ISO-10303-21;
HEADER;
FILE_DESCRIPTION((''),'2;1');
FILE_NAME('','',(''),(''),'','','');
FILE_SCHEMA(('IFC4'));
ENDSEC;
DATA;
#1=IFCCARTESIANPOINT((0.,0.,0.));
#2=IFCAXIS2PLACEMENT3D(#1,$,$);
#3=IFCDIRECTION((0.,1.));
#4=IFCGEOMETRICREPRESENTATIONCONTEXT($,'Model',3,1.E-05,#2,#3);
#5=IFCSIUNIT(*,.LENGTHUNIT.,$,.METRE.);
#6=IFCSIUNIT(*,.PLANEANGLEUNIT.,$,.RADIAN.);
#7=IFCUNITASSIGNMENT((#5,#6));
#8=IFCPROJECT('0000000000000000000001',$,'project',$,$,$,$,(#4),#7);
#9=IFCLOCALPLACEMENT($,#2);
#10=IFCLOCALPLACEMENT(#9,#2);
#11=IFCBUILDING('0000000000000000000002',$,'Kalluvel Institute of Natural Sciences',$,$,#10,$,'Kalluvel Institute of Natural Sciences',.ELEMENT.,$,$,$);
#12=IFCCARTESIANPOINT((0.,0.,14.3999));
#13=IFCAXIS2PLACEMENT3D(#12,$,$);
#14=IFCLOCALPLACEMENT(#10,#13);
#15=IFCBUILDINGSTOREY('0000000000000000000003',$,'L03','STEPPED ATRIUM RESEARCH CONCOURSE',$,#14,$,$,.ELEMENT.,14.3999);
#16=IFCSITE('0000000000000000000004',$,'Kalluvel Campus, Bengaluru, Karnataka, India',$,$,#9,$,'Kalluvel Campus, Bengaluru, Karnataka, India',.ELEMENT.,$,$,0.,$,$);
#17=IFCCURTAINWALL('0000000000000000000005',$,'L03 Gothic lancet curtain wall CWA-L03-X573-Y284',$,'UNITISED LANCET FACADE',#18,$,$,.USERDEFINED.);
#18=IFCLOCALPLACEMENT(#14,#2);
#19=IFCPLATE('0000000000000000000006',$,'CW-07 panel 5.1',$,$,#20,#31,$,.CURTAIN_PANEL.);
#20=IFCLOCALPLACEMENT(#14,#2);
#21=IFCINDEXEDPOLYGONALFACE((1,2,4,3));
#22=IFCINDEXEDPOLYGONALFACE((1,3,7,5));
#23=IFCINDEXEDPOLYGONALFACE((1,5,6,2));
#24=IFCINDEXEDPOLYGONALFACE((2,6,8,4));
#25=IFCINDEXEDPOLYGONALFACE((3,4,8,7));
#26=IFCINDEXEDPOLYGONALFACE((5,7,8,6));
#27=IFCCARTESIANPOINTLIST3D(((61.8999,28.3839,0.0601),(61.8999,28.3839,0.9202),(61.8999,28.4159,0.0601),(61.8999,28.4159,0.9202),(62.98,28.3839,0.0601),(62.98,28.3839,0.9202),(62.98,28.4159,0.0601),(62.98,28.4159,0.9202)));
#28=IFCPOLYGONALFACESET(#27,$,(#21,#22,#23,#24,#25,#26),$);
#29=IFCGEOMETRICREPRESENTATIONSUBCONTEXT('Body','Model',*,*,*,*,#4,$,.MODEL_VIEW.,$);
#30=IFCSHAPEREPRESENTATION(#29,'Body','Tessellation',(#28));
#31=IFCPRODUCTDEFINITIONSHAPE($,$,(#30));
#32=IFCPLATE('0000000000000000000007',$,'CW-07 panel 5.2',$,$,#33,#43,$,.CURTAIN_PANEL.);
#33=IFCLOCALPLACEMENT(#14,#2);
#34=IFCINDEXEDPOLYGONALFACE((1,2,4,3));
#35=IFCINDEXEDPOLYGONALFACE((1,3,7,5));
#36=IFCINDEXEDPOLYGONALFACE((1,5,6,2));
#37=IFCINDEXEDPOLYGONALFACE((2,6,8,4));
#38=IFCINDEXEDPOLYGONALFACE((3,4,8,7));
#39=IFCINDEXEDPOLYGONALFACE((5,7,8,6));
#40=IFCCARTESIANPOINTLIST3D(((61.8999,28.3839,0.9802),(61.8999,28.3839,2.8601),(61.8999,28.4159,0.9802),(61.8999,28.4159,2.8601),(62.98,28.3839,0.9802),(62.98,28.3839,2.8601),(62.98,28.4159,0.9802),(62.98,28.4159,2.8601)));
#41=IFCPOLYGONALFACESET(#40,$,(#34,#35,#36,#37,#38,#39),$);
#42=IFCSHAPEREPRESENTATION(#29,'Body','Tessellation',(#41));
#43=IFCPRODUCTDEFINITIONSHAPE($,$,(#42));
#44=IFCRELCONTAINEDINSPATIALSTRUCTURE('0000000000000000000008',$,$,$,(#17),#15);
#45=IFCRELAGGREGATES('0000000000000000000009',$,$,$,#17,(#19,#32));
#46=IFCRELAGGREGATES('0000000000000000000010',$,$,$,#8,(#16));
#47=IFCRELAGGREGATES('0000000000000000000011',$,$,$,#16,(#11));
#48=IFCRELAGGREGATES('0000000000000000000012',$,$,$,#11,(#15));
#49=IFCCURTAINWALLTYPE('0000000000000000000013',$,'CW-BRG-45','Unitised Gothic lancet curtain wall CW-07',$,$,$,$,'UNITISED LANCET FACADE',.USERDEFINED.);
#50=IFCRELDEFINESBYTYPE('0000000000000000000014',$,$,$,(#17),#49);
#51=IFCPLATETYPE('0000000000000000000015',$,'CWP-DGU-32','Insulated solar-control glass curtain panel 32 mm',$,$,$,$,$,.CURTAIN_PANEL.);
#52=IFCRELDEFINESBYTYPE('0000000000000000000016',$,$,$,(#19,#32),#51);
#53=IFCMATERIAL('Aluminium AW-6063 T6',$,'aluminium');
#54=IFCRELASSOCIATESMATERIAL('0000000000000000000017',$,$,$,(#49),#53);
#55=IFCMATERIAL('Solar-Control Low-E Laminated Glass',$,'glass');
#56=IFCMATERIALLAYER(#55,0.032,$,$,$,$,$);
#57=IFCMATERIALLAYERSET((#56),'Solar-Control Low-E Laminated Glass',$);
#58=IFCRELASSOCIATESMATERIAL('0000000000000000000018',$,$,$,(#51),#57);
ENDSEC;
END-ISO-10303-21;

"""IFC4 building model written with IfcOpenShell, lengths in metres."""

from ifc_helpers import new_model, si_unit, direction, frame, origin, origin_2d, place, context, subcontext, project, spatial, rectangle, extrude, material, layer, layer_set, type_object, element, aggregate, save


model = new_model("IFC4")

# Units and contexts
model_context = context("Model", 3, precision=1e-05, world=origin(), true_north=direction((0.0, 1.0)))
body_context = subcontext(model_context, "Body", "Model", "MODEL_VIEW")
ifc_project = project(units=[si_unit("LENGTHUNIT", "METRE"), si_unit("PLANEANGLEUNIT", "RADIAN")], contexts=[model_context])

# Site, building, storey
site_placement = place(None, origin())
site = spatial("IfcSite", under=ifc_project, at=site_placement, Name="Kalluvel Campus, Bengaluru, Karnataka, India", LongName="Kalluvel Campus, Bengaluru, Karnataka, India", CompositionType="ELEMENT", RefElevation=0.0)
building_placement = place(site_placement, origin())
building = spatial("IfcBuilding", under=site, at=building_placement, Name="Kalluvel Institute of Natural Sciences", LongName="Kalluvel Institute of Natural Sciences", CompositionType="ELEMENT")
storey_placement = place(building_placement, frame((0.0, 0.0, 14.3999)))
storey = spatial("IfcBuildingStorey", under=building, at=storey_placement, Name="L03", Description="STEPPED ATRIUM RESEARCH CONCOURSE", CompositionType="ELEMENT", Elevation=14.3999)

# Curtain wall, plates
ifc_material_1 = material(Name="Aluminium AW-6063 T6", Category="aluminium")
curtain_wall_type = type_object("IfcCurtainWallType", Name="CW-BRG-45", Description="Unitised Gothic lancet curtain wall CW-07", ElementType="UNITISED LANCET FACADE", PredefinedType="USERDEFINED", material=ifc_material_1)
curtain_wall_placement = place(storey_placement, origin())
curtain_wall = element("IfcCurtainWall", 1, at=curtain_wall_placement, inside=storey, type_object=curtain_wall_type, Name="L03 Gothic lancet curtain wall CWA-L03-X573-Y284", ObjectType="UNITISED LANCET FACADE", PredefinedType="USERDEFINED")
ifc_material_2 = material(Name="Solar-Control Low-E Laminated Glass", Category="glass")
ifc_layer = layer(ifc_material_2, 0.032)
ifc_layer_set = layer_set([ifc_layer], Name="Solar-Control Low-E Laminated Glass")
plate_type = type_object("IfcPlateType", Name="CWP-DGU-32", Description="Insulated solar-control glass curtain panel 32 mm", PredefinedType="CURTAIN_PANEL", material=ifc_layer_set)
plate_1_placement = place(storey_placement, frame((62.4399, 28.3999, 0.0601), z_axis=(0.0, 0.0, 1.0), x_axis=(1.0, 0.0, 0.0)))
plate_1 = element("IfcPlate", 2, at=plate_1_placement, type_object=plate_type, Name="CW-07 panel 5.1", PredefinedType="CURTAIN_PANEL", context=body_context, shape_type="SweptSolid", body=[
    extrude(rectangle(XDim=1.0801, YDim=0.032, at=origin_2d()), origin(), (0.0, 0.0, 1.0), 0.8601),
])
plate_2_placement = place(storey_placement, frame((62.4399, 28.3999, 0.9802), z_axis=(0.0, 0.0, 1.0), x_axis=(1.0, 0.0, 0.0)))
plate_2 = element("IfcPlate", 3, at=plate_2_placement, type_object=plate_type, Name="CW-07 panel 5.2", PredefinedType="CURTAIN_PANEL", context=body_context, shape_type="SweptSolid", body=[
    extrude(rectangle(XDim=1.0801, YDim=0.032, at=origin_2d()), origin(), (0.0, 0.0, 1.0), 1.8799),
])
aggregate(curtain_wall, [plate_1, plate_2])

save(model, "model.ifc")
